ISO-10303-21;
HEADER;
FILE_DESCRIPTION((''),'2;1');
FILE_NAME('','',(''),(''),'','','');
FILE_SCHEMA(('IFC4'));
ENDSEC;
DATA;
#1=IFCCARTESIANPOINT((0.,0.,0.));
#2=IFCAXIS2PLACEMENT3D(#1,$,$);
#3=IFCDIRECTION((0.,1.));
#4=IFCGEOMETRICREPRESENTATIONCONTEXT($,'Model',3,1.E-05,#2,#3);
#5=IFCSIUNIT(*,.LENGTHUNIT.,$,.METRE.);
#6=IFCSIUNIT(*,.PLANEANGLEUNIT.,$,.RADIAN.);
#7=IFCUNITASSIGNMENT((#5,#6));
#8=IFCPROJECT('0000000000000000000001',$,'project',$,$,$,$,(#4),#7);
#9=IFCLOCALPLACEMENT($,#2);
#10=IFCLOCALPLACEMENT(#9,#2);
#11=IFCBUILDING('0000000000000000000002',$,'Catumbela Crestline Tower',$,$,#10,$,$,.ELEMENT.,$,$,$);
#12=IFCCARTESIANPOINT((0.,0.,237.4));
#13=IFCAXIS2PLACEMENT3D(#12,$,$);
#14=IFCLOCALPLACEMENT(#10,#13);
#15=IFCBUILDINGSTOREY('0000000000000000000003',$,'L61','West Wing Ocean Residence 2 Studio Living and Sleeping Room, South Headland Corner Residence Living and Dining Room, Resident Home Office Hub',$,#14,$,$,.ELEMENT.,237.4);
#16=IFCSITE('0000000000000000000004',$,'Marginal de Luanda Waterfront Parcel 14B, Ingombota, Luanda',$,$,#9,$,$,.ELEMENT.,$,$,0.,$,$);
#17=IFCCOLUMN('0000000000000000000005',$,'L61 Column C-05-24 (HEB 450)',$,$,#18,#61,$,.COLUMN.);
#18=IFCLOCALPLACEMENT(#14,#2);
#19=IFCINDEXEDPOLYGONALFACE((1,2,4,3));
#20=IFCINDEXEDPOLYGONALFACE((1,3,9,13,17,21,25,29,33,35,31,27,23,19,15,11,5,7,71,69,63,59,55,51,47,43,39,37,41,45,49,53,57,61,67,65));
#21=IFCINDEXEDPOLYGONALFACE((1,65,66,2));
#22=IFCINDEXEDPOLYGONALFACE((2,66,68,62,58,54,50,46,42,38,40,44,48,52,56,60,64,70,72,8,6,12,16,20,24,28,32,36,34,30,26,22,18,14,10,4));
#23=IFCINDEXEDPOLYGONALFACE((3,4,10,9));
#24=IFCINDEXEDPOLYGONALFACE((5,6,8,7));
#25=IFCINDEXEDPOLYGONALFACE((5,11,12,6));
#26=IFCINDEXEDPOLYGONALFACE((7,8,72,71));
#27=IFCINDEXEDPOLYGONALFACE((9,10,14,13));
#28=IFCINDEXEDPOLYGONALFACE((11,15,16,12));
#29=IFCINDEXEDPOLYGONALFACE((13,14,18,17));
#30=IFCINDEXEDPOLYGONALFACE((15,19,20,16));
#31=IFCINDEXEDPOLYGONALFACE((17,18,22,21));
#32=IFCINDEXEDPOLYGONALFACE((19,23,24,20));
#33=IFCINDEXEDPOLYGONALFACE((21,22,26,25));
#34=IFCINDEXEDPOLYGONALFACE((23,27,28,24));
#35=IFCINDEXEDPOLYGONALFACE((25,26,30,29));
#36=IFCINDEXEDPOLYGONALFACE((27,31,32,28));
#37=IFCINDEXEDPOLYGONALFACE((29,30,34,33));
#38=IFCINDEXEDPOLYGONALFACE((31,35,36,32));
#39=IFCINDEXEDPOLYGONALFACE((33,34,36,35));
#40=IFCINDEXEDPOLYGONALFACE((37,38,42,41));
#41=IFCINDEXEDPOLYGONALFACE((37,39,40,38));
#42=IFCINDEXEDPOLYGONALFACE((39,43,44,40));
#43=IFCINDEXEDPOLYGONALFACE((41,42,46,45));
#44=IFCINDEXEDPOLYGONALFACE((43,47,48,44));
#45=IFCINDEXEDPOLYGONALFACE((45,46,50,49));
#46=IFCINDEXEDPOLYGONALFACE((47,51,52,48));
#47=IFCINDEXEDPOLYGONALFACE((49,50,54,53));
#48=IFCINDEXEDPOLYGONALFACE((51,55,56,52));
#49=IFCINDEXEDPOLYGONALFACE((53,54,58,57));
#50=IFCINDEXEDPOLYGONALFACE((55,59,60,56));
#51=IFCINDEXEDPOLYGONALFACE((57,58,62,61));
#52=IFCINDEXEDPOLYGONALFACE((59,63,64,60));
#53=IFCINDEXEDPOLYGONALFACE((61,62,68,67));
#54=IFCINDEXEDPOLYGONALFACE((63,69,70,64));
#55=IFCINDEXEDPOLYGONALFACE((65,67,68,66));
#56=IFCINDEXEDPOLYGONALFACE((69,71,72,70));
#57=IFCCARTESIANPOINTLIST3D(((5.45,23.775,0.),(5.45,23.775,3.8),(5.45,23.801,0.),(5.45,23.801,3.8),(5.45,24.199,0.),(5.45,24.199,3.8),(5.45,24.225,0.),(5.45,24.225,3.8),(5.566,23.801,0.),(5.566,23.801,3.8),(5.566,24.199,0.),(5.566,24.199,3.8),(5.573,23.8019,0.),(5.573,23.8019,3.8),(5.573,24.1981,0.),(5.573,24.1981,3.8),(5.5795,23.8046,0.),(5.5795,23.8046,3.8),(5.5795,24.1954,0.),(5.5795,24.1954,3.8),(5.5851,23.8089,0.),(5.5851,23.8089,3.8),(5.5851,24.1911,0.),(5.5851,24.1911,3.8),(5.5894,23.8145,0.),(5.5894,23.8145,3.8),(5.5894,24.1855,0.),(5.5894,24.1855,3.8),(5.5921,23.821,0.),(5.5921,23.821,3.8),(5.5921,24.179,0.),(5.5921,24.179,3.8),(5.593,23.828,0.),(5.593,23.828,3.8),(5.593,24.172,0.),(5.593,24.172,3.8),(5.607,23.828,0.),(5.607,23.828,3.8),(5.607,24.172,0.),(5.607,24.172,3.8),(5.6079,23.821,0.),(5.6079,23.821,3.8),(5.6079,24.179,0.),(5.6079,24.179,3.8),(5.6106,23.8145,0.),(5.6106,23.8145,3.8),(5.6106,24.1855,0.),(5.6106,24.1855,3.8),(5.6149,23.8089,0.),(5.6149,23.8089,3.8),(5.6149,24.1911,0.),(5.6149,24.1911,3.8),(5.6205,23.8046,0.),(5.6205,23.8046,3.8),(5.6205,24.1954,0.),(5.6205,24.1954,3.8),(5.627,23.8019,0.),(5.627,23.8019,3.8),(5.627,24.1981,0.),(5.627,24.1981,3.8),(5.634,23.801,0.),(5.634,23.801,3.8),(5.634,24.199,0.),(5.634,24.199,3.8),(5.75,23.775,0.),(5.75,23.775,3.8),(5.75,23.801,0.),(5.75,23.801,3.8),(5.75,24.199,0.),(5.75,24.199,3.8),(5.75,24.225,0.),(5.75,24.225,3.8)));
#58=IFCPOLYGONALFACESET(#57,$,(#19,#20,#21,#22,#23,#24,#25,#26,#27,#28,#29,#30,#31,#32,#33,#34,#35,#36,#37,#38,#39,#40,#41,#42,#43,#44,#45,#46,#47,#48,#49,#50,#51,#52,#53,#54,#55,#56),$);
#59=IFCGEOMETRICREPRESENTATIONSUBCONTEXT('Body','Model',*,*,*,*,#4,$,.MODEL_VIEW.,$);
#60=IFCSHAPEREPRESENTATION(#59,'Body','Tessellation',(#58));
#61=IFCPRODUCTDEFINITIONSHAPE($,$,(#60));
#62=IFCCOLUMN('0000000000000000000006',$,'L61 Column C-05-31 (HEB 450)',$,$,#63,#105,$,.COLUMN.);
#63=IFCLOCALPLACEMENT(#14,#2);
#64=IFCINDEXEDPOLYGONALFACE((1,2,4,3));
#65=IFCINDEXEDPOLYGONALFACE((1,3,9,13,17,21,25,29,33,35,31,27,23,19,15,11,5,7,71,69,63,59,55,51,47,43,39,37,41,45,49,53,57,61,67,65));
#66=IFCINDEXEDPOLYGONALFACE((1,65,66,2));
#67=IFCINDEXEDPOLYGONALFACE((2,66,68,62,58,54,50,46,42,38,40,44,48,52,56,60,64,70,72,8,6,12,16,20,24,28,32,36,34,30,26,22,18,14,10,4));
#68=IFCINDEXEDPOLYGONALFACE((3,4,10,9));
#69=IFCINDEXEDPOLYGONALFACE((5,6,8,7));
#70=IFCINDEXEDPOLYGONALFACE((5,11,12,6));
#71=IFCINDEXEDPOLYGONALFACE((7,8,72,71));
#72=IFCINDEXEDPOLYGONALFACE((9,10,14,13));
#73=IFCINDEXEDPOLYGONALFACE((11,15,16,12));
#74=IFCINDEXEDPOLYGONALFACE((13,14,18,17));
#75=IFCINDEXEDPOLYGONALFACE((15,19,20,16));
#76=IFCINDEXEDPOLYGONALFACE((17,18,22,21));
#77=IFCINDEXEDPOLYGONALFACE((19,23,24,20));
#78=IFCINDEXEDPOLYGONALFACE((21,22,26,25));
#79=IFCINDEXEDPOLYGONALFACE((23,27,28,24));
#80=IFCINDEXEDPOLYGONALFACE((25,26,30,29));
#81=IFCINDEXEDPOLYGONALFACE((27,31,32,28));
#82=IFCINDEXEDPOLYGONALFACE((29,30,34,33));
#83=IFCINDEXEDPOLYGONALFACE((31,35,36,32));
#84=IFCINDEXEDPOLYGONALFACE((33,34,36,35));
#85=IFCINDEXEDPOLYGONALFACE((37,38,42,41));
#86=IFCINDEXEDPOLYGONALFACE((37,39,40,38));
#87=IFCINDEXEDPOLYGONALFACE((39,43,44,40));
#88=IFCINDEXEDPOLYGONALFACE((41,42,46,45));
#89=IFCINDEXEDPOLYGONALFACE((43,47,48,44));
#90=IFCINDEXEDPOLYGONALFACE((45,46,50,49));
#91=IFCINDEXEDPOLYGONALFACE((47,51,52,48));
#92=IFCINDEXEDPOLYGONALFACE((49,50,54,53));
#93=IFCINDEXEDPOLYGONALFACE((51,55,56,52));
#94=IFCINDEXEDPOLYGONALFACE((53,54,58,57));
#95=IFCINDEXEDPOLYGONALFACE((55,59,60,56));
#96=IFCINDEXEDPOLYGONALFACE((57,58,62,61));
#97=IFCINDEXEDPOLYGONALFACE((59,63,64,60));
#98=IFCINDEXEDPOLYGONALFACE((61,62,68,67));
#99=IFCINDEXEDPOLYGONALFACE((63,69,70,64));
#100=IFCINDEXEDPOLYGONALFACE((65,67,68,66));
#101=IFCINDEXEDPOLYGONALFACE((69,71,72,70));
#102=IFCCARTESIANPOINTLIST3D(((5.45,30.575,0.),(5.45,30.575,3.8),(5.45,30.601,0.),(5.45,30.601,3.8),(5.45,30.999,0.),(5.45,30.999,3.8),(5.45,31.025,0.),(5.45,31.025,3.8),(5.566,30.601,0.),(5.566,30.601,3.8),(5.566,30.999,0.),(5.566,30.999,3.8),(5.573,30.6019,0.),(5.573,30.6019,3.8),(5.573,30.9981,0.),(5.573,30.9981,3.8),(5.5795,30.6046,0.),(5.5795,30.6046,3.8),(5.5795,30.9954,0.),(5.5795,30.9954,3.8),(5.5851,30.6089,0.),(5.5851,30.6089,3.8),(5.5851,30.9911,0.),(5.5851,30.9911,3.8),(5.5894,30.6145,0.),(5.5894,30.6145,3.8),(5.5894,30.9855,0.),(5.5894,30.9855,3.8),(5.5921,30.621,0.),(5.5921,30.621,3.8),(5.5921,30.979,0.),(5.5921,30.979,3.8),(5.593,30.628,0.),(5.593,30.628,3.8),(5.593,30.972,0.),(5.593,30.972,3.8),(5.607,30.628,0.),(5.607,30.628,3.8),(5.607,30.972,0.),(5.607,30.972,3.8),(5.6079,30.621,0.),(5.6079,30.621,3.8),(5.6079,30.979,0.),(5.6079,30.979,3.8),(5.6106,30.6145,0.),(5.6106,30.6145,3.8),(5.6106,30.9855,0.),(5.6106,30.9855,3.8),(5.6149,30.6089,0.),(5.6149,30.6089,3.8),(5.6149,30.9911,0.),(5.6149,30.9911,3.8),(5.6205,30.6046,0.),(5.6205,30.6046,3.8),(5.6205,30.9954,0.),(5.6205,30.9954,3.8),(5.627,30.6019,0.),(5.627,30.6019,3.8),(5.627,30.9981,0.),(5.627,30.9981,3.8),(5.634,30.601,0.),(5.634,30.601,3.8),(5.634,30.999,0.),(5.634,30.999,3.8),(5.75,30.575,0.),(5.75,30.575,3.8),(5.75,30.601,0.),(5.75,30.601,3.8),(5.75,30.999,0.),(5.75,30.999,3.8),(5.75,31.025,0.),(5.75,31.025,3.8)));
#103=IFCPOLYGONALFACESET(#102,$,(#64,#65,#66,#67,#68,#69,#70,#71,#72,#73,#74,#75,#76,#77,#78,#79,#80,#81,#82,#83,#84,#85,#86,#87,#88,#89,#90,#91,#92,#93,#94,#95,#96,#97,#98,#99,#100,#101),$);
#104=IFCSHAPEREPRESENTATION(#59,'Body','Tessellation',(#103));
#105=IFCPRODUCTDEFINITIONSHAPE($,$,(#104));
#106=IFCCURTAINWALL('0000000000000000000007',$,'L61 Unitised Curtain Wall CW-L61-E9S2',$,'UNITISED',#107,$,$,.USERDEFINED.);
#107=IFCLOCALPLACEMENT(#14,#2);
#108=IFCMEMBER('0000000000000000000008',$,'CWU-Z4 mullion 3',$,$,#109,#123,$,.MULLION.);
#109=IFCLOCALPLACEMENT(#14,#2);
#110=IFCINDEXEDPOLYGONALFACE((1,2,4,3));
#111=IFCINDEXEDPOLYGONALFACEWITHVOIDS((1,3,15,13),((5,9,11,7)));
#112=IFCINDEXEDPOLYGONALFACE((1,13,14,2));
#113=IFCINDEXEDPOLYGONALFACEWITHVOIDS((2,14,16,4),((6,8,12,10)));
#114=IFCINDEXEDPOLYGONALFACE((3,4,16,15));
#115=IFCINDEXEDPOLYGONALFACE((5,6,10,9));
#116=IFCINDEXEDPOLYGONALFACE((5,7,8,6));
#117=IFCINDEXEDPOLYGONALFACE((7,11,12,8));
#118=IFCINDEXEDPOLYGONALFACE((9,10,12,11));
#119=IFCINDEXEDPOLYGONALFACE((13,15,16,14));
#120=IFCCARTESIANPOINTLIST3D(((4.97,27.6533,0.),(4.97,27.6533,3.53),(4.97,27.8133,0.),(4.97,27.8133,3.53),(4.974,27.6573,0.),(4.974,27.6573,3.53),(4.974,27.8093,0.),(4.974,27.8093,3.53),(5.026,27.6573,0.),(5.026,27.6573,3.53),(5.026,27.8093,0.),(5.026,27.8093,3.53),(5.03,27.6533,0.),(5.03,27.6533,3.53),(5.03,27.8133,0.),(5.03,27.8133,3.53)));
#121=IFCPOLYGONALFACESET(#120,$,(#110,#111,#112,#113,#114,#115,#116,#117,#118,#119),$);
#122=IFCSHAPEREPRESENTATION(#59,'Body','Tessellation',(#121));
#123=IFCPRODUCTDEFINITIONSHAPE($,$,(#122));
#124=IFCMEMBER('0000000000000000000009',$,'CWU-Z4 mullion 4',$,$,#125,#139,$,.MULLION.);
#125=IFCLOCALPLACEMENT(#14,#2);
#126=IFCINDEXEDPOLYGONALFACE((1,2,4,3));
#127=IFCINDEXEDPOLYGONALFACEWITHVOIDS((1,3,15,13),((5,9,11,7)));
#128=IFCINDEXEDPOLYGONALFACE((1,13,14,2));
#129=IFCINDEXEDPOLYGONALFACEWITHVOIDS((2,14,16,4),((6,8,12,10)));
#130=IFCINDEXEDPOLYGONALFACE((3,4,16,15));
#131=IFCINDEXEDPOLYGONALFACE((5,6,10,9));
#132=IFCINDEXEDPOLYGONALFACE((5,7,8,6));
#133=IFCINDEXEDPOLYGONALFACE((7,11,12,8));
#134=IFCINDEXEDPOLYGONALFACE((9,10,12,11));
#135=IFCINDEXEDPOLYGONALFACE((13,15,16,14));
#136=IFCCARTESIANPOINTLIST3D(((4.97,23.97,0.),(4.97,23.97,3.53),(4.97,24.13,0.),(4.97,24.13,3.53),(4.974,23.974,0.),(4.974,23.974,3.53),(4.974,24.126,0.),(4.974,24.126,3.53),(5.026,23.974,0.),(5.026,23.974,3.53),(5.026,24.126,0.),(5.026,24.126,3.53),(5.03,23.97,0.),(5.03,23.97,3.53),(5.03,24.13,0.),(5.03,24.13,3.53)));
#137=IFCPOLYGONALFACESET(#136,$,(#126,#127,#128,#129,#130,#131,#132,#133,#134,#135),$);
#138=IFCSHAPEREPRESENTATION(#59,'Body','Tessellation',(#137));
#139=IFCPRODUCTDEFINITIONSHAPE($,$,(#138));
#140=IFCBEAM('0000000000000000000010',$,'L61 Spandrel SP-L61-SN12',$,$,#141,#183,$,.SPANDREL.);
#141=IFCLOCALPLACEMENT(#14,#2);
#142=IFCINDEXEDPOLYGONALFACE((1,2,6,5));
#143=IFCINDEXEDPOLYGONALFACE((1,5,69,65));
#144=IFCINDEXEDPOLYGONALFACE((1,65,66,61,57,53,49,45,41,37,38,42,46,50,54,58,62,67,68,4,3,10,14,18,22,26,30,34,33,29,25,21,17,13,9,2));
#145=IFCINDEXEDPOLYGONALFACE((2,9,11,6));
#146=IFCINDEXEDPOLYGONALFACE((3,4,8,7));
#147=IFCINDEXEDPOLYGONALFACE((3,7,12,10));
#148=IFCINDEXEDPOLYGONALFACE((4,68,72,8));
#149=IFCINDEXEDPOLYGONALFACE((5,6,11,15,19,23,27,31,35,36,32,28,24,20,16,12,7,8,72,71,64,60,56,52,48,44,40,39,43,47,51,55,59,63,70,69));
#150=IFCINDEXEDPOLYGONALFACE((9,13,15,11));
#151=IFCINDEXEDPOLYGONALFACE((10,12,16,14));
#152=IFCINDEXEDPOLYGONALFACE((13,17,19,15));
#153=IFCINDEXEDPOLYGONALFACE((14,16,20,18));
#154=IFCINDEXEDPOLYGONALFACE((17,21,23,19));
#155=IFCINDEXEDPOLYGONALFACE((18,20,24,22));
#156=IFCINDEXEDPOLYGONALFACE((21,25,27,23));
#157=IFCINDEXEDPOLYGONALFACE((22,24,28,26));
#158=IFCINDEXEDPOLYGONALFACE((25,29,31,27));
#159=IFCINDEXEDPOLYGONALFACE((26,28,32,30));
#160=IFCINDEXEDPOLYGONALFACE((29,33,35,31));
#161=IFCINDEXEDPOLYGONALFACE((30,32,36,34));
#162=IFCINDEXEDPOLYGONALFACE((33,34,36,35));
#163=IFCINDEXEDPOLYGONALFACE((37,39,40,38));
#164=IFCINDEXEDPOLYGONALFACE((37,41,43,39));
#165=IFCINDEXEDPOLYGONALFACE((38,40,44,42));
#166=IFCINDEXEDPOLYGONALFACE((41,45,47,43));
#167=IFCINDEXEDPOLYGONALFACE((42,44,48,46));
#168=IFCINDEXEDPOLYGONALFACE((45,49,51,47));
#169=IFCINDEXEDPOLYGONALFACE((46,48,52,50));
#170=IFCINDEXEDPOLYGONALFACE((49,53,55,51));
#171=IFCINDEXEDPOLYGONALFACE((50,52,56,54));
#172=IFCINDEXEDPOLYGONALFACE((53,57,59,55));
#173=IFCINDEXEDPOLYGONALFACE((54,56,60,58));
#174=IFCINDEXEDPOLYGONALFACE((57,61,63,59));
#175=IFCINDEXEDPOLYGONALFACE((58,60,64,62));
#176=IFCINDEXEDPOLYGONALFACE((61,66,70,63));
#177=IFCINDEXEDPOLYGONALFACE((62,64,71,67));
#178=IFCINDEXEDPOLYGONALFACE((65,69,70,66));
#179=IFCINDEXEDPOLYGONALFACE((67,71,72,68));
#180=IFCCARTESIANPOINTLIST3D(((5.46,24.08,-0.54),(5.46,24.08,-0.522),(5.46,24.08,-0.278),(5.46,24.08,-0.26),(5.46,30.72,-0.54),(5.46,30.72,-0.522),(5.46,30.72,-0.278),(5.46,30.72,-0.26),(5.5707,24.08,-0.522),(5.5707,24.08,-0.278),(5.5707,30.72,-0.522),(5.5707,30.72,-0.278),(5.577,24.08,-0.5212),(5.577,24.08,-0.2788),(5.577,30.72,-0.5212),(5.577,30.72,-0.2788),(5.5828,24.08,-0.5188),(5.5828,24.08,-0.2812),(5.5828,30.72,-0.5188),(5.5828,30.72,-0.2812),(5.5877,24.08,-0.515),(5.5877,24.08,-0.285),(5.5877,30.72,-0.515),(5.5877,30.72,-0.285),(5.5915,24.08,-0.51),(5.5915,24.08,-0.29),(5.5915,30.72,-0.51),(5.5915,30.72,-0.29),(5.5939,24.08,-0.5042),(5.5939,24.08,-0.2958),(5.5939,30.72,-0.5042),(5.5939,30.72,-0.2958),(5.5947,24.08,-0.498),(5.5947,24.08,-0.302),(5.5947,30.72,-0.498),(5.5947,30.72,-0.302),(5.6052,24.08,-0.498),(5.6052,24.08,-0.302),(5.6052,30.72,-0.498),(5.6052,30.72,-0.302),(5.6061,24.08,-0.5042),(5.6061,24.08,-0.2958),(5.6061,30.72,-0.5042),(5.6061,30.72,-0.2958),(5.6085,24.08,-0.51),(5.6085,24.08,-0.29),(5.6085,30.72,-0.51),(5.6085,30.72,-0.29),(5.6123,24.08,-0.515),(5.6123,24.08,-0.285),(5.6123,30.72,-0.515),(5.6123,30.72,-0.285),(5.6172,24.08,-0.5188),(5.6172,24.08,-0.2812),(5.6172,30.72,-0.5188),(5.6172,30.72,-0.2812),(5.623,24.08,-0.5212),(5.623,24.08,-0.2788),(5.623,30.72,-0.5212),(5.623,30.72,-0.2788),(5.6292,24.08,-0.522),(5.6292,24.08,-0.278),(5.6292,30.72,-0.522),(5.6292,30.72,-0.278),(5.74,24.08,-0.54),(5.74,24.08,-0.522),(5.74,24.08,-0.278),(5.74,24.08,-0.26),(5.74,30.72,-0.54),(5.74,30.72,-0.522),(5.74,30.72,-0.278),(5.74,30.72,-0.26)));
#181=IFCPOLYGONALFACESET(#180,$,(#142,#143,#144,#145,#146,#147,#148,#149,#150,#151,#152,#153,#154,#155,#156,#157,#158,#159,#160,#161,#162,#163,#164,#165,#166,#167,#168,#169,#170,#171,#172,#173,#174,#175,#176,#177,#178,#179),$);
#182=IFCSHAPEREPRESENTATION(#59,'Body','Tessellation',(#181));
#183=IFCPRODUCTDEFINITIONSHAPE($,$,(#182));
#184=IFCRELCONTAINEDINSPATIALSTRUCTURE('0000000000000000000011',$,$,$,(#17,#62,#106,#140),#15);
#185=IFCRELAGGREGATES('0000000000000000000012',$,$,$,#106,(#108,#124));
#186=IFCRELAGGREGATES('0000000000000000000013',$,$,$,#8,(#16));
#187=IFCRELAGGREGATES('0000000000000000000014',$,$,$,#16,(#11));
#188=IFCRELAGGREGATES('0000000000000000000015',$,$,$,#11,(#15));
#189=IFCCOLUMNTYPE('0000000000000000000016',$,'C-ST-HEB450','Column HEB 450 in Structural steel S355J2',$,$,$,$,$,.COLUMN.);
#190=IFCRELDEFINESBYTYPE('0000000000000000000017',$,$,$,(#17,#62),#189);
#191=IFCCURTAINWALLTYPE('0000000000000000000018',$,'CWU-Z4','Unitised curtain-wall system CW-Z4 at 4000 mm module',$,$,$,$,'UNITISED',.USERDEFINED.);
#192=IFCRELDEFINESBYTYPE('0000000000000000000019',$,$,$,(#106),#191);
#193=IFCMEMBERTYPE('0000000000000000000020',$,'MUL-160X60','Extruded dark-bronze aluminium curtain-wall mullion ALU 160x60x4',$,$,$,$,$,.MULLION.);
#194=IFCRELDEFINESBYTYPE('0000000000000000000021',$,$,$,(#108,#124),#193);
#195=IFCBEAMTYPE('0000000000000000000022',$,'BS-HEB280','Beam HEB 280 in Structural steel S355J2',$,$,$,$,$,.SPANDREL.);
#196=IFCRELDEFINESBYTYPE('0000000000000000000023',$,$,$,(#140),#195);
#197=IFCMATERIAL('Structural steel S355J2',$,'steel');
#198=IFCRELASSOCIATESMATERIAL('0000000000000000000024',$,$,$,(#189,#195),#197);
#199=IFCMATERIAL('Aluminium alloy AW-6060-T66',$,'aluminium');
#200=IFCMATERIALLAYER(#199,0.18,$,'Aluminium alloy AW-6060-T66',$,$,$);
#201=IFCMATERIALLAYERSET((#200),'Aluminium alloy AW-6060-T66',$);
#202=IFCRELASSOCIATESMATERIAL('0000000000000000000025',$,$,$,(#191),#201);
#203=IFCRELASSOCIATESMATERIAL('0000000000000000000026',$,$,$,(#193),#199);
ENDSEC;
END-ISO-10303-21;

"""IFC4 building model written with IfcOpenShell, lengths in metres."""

from ifc_helpers import new_model, si_unit, direction, frame, origin, origin_2d, place, context, subcontext, project, spatial, hollow_rectangle, i_section, extrude, material, layer, layer_set, material_profile, profile_set, type_object, element, aggregate, save


model = new_model("IFC4")

# Units and contexts
model_context = context("Model", 3, precision=1e-05, world=origin(), true_north=direction((0.0, 1.0)))
body_context = subcontext(model_context, "Body", "Model", "MODEL_VIEW")
ifc_project = project(units=[si_unit("LENGTHUNIT", "METRE"), si_unit("PLANEANGLEUNIT", "RADIAN")], contexts=[model_context])

# Site, building, storey
site_placement = place(None, origin())
site = spatial("IfcSite", under=ifc_project, at=site_placement, Name="Marginal de Luanda Waterfront Parcel 14B, Ingombota, Luanda", CompositionType="ELEMENT", RefElevation=0.0)
building_placement = place(site_placement, origin())
building = spatial("IfcBuilding", under=site, at=building_placement, Name="Catumbela Crestline Tower", CompositionType="ELEMENT")
storey_placement = place(building_placement, frame((0.0, 0.0, 237.4)))
storey = spatial("IfcBuildingStorey", under=building, at=storey_placement, Name="L61", Description="West Wing Ocean Residence 2 Studio Living and Sleeping Room, South Headland Corner Residence Living and Dining Room, Resident Home Office Hub", CompositionType="ELEMENT", Elevation=237.4)

# Columns
ifc_material_1 = material(Name="Structural steel S355J2", Category="steel")
ifc_material_profile_1 = material_profile(ifc_material_1, i_section(OverallWidth=0.3, OverallDepth=0.45, WebThickness=0.014, FlangeThickness=0.026, FilletRadius=0.027, at=origin_2d()), Name="HEB 450")
ifc_profile_set_1 = profile_set([ifc_material_profile_1], Name="Structural steel S355J2")
column_type = type_object("IfcColumnType", Name="C-ST-HEB450", Description="Column HEB 450 in Structural steel S355J2", PredefinedType="COLUMN", material=ifc_profile_set_1)
for number, where, z_axis, x_axis, name in (
    (1, (5.6, 24.0, 0.0), (0.0, 0.0, 1.0), (1.0, 0.0, 0.0), "L61 Column C-05-24 (HEB 450)"),
    (2, (5.6, 30.8, 0.0), (0.0, 0.0, 1.0), (1.0, 0.0, 0.0), "L61 Column C-05-31 (HEB 450)"),
):
    element("IfcColumn", number, at=place(storey_placement, frame(where, z_axis=z_axis, x_axis=x_axis)), inside=storey, type_object=column_type, Name=name, PredefinedType="COLUMN", context=body_context, shape_type="SweptSolid", body=[
        extrude(i_section(OverallWidth=0.3, OverallDepth=0.45, WebThickness=0.014, FlangeThickness=0.026, FilletRadius=0.027, at=origin_2d()), origin(), (0.0, 0.0, 1.0), 3.8),
    ])

# Curtain wall, members
ifc_material_2 = material(Name="Aluminium alloy AW-6060-T66", Category="aluminium")
ifc_layer_1 = layer(ifc_material_2, 0.18, Name="Aluminium alloy AW-6060-T66")
ifc_layer_set_1 = layer_set([ifc_layer_1], Name="Aluminium alloy AW-6060-T66")
curtain_wall_type = type_object("IfcCurtainWallType", Name="CWU-Z4", Description="Unitised curtain-wall system CW-Z4 at 4000 mm module", ElementType="UNITISED", PredefinedType="USERDEFINED", material=ifc_layer_set_1)
curtain_wall_placement = place(storey_placement, origin())
curtain_wall = element("IfcCurtainWall", 3, at=curtain_wall_placement, inside=storey, type_object=curtain_wall_type, Name="L61 Unitised Curtain Wall CW-L61-E9S2", ObjectType="UNITISED", PredefinedType="USERDEFINED")
ifc_material_profile_2 = material_profile(ifc_material_2, hollow_rectangle(XDim=0.06, YDim=0.16, WallThickness=0.004, at=origin_2d()), Name="ALU 160x60x4")
ifc_profile_set_2 = profile_set([ifc_material_profile_2], Name="Aluminium alloy AW-6060-T66")
member_type_1 = type_object("IfcMemberType", Name="MUL-160X60", Description="Extruded dark-bronze aluminium curtain-wall mullion ALU 160x60x4", PredefinedType="MULLION", material=ifc_profile_set_2)
member_1_placement = place(storey_placement, frame((5.0, 27.7333, 0.0), z_axis=(0.0, 0.0, 1.0), x_axis=(1.0, 0.0, 0.0)))
member_1 = element("IfcMember", 4, at=member_1_placement, type_object=member_type_1, Name="CWU-Z4 mullion 3", PredefinedType="MULLION", context=body_context, shape_type="SweptSolid", body=[
    extrude(hollow_rectangle(XDim=0.06, YDim=0.16, WallThickness=0.004, at=origin_2d()), origin(), (0.0, 0.0, 1.0), 3.53),
])
member_2_placement = place(storey_placement, frame((5.0, 24.05, 0.0), z_axis=(0.0, 0.0, 1.0), x_axis=(1.0, 0.0, 0.0)))
member_2 = element("IfcMember", 5, at=member_2_placement, type_object=member_type_1, Name="CWU-Z4 mullion 4", PredefinedType="MULLION", context=body_context, shape_type="SweptSolid", body=[
    extrude(hollow_rectangle(XDim=0.06, YDim=0.16, WallThickness=0.004, at=origin_2d()), origin(), (0.0, 0.0, 1.0), 3.53),
])

# Beam
ifc_material_profile_3 = material_profile(ifc_material_1, i_section(OverallWidth=0.28, OverallDepth=0.28, WebThickness=0.0105, FlangeThickness=0.018, FilletRadius=0.024, at=origin_2d()), Name="HEB 280")
ifc_profile_set_3 = profile_set([ifc_material_profile_3], Name="Structural steel S355J2")
beam_type = type_object("IfcBeamType", Name="BS-HEB280", Description="Beam HEB 280 in Structural steel S355J2", PredefinedType="SPANDREL", material=ifc_profile_set_3)
beam_1_placement = place(storey_placement, frame((5.6, 24.08, -0.4), z_axis=(0.0, 1.0, 0.0), x_axis=(-1.0, 0.0, 0.0)))
element("IfcBeam", 6, at=beam_1_placement, inside=storey, type_object=beam_type, Name="L61 Spandrel SP-L61-SN12", PredefinedType="SPANDREL", context=body_context, shape_type="SweptSolid", body=[
    extrude(i_section(OverallWidth=0.28, OverallDepth=0.28, WebThickness=0.0105, FlangeThickness=0.018, FilletRadius=0.024, at=origin_2d()), origin(), (0.0, 0.0, 1.0), 6.64),
])

aggregate(curtain_wall, [member_1, member_2])

save(model, "model.ifc")
